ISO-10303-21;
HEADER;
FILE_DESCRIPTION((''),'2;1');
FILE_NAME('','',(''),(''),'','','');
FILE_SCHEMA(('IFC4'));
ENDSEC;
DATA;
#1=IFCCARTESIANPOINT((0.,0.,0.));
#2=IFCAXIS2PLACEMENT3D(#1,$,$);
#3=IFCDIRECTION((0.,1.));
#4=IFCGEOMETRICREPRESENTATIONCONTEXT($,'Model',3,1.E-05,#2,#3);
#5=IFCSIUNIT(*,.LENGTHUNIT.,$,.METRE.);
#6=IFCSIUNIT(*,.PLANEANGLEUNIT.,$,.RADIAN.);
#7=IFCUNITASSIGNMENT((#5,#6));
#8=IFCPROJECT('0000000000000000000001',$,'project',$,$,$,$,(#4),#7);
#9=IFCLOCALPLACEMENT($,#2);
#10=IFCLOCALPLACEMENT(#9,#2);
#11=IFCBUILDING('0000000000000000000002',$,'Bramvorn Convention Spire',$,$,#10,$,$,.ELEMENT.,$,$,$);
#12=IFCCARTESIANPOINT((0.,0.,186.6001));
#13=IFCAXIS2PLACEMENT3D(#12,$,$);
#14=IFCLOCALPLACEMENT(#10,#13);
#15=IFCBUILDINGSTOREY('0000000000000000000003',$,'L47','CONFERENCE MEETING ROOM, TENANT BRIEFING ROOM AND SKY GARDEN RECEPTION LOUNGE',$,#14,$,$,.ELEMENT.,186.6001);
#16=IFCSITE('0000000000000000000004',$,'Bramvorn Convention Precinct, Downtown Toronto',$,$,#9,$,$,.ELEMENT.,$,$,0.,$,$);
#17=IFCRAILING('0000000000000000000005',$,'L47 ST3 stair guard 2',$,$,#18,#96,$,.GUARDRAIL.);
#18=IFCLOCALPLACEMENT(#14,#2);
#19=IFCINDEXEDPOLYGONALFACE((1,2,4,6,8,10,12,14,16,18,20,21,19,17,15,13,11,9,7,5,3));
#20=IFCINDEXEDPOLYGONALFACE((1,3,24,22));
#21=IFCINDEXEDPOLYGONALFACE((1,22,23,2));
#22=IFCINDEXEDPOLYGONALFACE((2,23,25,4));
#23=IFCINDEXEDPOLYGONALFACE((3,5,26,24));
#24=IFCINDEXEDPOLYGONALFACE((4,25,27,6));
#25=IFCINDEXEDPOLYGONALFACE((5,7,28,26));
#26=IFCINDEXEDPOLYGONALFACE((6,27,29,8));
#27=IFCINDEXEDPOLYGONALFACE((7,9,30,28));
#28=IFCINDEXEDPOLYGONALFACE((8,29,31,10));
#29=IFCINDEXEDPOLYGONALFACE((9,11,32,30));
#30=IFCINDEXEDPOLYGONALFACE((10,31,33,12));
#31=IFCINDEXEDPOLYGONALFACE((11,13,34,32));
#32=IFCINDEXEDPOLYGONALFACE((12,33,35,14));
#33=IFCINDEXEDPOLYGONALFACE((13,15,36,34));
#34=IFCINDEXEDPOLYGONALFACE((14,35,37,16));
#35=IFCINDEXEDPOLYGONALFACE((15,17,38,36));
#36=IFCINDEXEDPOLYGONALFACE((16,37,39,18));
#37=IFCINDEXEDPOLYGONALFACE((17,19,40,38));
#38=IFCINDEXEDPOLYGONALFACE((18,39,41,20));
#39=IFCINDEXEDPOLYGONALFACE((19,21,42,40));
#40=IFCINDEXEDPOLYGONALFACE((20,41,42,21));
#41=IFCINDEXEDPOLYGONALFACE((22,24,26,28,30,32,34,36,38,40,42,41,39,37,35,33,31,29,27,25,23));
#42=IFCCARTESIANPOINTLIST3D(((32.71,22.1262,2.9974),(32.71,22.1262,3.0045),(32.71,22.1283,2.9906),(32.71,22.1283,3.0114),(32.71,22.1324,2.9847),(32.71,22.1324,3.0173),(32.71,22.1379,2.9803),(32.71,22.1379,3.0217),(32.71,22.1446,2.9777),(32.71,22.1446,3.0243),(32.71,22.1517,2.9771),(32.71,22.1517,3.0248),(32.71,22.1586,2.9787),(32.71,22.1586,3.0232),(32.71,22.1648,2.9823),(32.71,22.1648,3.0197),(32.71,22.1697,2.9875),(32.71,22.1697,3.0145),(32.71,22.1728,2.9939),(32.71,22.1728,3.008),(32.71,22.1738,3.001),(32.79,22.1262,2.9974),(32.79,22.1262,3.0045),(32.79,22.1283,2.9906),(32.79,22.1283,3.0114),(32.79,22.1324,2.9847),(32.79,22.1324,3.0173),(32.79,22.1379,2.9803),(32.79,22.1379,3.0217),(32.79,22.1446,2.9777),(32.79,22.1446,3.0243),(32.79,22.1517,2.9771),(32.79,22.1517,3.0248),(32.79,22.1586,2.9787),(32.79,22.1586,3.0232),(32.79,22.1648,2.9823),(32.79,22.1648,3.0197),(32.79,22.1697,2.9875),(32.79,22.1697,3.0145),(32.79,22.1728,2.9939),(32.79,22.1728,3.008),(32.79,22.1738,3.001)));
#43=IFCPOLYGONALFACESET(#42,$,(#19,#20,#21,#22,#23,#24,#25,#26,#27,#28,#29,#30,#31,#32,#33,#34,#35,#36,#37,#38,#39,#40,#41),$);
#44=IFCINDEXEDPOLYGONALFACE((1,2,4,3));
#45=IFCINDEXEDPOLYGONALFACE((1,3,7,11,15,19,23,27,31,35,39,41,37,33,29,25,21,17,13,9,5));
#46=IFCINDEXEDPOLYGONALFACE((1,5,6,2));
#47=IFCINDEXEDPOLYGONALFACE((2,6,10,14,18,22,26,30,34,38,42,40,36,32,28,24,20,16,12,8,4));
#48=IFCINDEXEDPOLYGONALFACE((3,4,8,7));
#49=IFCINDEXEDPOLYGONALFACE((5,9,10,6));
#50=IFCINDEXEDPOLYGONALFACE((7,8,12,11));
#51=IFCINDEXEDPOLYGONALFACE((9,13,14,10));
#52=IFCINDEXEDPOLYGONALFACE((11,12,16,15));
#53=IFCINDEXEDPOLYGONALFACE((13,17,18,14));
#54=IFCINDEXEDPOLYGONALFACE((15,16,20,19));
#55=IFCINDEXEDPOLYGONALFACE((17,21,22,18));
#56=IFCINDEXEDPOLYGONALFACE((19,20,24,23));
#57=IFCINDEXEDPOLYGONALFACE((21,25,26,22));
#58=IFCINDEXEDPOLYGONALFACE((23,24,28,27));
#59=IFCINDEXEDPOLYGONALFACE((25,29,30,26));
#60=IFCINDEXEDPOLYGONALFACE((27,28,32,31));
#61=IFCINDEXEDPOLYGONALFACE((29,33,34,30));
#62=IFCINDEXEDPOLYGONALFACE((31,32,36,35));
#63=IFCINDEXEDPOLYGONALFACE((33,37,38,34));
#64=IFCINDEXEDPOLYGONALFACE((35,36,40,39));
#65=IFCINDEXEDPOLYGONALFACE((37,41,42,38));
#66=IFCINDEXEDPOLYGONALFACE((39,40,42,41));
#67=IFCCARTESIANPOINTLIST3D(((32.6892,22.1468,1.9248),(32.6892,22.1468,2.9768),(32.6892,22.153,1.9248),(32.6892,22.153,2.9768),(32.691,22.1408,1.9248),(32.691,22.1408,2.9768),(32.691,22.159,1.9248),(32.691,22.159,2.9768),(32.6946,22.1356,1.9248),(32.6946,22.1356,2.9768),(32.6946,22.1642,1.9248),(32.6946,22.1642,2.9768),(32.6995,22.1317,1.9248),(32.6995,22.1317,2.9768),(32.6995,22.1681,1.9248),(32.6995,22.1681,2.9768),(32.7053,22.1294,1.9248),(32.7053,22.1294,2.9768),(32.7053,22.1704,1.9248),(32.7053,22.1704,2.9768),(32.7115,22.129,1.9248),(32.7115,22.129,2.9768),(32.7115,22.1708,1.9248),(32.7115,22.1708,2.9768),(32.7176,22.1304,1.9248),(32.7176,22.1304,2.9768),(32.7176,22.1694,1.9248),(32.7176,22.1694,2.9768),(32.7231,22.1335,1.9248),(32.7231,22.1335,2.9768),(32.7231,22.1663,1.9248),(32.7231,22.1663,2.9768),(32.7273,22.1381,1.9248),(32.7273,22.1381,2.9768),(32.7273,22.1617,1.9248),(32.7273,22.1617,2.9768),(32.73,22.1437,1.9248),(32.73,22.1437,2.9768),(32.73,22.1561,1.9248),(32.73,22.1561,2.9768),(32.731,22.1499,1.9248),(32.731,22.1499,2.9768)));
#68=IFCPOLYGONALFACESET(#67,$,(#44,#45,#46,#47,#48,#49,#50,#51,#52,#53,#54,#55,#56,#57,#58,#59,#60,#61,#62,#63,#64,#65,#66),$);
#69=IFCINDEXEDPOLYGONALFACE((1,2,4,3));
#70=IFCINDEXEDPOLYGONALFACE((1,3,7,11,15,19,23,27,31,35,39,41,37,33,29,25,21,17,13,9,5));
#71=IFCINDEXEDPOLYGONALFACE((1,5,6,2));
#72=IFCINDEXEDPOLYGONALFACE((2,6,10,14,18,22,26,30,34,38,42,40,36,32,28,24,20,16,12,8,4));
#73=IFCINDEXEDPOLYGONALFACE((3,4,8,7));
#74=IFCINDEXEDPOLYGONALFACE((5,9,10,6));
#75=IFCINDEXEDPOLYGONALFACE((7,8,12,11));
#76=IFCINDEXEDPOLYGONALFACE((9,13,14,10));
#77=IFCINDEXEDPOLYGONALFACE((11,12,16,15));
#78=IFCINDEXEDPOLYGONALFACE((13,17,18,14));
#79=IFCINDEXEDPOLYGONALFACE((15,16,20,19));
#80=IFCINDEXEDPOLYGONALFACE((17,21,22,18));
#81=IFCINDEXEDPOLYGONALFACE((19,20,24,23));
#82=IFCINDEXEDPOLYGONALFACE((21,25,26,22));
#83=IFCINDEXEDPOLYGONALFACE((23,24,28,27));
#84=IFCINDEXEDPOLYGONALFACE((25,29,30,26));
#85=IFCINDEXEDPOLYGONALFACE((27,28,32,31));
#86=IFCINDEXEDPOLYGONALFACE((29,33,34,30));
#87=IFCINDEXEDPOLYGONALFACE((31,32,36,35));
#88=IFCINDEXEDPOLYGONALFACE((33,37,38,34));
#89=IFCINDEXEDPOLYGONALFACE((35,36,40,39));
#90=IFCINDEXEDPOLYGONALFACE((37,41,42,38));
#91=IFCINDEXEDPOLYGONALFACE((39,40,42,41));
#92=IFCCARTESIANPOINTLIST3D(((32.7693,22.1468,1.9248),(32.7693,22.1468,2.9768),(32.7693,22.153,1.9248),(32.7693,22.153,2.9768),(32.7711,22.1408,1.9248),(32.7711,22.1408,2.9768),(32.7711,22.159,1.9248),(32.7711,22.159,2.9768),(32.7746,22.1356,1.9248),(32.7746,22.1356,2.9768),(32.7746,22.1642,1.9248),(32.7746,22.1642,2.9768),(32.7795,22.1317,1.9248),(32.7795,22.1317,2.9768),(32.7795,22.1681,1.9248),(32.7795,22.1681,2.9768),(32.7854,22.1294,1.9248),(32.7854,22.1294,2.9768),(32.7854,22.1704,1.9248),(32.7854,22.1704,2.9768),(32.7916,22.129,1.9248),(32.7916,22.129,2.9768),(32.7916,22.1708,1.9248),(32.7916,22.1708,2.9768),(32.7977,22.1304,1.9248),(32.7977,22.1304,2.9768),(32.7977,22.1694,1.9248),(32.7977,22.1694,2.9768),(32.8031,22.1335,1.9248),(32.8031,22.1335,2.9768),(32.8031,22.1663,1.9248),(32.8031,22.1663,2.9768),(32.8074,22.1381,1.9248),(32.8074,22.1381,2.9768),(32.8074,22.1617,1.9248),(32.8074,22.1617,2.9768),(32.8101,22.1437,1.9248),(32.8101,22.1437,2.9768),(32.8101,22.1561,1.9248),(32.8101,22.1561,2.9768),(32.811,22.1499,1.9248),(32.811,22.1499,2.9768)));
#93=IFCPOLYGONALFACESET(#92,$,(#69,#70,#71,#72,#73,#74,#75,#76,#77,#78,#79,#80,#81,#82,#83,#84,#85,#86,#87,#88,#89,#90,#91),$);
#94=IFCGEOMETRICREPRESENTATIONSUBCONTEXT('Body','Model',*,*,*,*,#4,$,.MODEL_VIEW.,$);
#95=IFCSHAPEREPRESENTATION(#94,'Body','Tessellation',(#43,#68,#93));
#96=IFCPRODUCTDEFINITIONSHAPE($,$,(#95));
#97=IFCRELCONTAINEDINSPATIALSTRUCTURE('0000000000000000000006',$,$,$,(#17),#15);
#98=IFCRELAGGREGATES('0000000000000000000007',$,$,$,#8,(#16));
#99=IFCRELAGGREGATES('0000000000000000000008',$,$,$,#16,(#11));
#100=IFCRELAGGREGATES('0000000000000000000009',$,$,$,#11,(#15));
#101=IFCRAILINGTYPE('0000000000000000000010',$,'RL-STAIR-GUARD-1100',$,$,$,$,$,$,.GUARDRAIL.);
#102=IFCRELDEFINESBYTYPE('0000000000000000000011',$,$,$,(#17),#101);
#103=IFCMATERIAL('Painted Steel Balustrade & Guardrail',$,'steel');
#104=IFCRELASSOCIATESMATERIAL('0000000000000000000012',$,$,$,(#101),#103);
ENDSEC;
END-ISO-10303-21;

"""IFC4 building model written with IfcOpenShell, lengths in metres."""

from ifc_helpers import new_model, si_unit, direction, frame, origin, origin_2d, place, context, subcontext, project, spatial, circle, extrude, material, type_object, element, save


model = new_model("IFC4")

# Units and contexts
model_context = context("Model", 3, precision=1e-05, world=origin(), true_north=direction((0.0, 1.0)))
body_context = subcontext(model_context, "Body", "Model", "MODEL_VIEW")
ifc_project = project(units=[si_unit("LENGTHUNIT", "METRE"), si_unit("PLANEANGLEUNIT", "RADIAN")], contexts=[model_context])

# Site, building, storey
site_placement = place(None, origin())
site = spatial("IfcSite", under=ifc_project, at=site_placement, Name="Bramvorn Convention Precinct, Downtown Toronto", CompositionType="ELEMENT", RefElevation=0.0)
building_placement = place(site_placement, origin())
building = spatial("IfcBuilding", under=site, at=building_placement, Name="Bramvorn Convention Spire", CompositionType="ELEMENT")
storey_placement = place(building_placement, frame((0.0, 0.0, 186.6001)))
storey = spatial("IfcBuildingStorey", under=building, at=storey_placement, Name="L47", Description="CONFERENCE MEETING ROOM, TENANT BRIEFING ROOM AND SKY GARDEN RECEPTION LOUNGE", CompositionType="ELEMENT", Elevation=186.6001)

# Railing
ifc_material_1 = material(Name="Painted Steel Balustrade & Guardrail", Category="steel")
railing_type = type_object("IfcRailingType", Name="RL-STAIR-GUARD-1100", PredefinedType="GUARDRAIL", material=ifc_material_1)
railing_1_placement = place(storey_placement, frame((32.71, 22.1499, 1.9248)))
element("IfcRailing", 1, at=railing_1_placement, inside=storey, type_object=railing_type, Name="L47 ST3 stair guard 2", PredefinedType="GUARDRAIL", context=body_context, shape_type="SweptSolid", body=[
    extrude(circle(Radius=0.0239, at=origin_2d()), frame((0.0, 0.0, 1.0762), z_axis=(1.0, 0.0, 0.0), x_axis=(0.0, 1.0, 0.0)), (0.0, 0.0, 1.0), 0.0801),
    extrude(circle(Radius=0.021, at=origin_2d()), origin(), (0.0, 0.0, 1.0), 1.052),
    extrude(circle(Radius=0.021, at=origin_2d()), frame((0.0801, 0.0, 0.0)), (0.0, 0.0, 1.0), 1.052),
])

save(model, "model.ifc")
